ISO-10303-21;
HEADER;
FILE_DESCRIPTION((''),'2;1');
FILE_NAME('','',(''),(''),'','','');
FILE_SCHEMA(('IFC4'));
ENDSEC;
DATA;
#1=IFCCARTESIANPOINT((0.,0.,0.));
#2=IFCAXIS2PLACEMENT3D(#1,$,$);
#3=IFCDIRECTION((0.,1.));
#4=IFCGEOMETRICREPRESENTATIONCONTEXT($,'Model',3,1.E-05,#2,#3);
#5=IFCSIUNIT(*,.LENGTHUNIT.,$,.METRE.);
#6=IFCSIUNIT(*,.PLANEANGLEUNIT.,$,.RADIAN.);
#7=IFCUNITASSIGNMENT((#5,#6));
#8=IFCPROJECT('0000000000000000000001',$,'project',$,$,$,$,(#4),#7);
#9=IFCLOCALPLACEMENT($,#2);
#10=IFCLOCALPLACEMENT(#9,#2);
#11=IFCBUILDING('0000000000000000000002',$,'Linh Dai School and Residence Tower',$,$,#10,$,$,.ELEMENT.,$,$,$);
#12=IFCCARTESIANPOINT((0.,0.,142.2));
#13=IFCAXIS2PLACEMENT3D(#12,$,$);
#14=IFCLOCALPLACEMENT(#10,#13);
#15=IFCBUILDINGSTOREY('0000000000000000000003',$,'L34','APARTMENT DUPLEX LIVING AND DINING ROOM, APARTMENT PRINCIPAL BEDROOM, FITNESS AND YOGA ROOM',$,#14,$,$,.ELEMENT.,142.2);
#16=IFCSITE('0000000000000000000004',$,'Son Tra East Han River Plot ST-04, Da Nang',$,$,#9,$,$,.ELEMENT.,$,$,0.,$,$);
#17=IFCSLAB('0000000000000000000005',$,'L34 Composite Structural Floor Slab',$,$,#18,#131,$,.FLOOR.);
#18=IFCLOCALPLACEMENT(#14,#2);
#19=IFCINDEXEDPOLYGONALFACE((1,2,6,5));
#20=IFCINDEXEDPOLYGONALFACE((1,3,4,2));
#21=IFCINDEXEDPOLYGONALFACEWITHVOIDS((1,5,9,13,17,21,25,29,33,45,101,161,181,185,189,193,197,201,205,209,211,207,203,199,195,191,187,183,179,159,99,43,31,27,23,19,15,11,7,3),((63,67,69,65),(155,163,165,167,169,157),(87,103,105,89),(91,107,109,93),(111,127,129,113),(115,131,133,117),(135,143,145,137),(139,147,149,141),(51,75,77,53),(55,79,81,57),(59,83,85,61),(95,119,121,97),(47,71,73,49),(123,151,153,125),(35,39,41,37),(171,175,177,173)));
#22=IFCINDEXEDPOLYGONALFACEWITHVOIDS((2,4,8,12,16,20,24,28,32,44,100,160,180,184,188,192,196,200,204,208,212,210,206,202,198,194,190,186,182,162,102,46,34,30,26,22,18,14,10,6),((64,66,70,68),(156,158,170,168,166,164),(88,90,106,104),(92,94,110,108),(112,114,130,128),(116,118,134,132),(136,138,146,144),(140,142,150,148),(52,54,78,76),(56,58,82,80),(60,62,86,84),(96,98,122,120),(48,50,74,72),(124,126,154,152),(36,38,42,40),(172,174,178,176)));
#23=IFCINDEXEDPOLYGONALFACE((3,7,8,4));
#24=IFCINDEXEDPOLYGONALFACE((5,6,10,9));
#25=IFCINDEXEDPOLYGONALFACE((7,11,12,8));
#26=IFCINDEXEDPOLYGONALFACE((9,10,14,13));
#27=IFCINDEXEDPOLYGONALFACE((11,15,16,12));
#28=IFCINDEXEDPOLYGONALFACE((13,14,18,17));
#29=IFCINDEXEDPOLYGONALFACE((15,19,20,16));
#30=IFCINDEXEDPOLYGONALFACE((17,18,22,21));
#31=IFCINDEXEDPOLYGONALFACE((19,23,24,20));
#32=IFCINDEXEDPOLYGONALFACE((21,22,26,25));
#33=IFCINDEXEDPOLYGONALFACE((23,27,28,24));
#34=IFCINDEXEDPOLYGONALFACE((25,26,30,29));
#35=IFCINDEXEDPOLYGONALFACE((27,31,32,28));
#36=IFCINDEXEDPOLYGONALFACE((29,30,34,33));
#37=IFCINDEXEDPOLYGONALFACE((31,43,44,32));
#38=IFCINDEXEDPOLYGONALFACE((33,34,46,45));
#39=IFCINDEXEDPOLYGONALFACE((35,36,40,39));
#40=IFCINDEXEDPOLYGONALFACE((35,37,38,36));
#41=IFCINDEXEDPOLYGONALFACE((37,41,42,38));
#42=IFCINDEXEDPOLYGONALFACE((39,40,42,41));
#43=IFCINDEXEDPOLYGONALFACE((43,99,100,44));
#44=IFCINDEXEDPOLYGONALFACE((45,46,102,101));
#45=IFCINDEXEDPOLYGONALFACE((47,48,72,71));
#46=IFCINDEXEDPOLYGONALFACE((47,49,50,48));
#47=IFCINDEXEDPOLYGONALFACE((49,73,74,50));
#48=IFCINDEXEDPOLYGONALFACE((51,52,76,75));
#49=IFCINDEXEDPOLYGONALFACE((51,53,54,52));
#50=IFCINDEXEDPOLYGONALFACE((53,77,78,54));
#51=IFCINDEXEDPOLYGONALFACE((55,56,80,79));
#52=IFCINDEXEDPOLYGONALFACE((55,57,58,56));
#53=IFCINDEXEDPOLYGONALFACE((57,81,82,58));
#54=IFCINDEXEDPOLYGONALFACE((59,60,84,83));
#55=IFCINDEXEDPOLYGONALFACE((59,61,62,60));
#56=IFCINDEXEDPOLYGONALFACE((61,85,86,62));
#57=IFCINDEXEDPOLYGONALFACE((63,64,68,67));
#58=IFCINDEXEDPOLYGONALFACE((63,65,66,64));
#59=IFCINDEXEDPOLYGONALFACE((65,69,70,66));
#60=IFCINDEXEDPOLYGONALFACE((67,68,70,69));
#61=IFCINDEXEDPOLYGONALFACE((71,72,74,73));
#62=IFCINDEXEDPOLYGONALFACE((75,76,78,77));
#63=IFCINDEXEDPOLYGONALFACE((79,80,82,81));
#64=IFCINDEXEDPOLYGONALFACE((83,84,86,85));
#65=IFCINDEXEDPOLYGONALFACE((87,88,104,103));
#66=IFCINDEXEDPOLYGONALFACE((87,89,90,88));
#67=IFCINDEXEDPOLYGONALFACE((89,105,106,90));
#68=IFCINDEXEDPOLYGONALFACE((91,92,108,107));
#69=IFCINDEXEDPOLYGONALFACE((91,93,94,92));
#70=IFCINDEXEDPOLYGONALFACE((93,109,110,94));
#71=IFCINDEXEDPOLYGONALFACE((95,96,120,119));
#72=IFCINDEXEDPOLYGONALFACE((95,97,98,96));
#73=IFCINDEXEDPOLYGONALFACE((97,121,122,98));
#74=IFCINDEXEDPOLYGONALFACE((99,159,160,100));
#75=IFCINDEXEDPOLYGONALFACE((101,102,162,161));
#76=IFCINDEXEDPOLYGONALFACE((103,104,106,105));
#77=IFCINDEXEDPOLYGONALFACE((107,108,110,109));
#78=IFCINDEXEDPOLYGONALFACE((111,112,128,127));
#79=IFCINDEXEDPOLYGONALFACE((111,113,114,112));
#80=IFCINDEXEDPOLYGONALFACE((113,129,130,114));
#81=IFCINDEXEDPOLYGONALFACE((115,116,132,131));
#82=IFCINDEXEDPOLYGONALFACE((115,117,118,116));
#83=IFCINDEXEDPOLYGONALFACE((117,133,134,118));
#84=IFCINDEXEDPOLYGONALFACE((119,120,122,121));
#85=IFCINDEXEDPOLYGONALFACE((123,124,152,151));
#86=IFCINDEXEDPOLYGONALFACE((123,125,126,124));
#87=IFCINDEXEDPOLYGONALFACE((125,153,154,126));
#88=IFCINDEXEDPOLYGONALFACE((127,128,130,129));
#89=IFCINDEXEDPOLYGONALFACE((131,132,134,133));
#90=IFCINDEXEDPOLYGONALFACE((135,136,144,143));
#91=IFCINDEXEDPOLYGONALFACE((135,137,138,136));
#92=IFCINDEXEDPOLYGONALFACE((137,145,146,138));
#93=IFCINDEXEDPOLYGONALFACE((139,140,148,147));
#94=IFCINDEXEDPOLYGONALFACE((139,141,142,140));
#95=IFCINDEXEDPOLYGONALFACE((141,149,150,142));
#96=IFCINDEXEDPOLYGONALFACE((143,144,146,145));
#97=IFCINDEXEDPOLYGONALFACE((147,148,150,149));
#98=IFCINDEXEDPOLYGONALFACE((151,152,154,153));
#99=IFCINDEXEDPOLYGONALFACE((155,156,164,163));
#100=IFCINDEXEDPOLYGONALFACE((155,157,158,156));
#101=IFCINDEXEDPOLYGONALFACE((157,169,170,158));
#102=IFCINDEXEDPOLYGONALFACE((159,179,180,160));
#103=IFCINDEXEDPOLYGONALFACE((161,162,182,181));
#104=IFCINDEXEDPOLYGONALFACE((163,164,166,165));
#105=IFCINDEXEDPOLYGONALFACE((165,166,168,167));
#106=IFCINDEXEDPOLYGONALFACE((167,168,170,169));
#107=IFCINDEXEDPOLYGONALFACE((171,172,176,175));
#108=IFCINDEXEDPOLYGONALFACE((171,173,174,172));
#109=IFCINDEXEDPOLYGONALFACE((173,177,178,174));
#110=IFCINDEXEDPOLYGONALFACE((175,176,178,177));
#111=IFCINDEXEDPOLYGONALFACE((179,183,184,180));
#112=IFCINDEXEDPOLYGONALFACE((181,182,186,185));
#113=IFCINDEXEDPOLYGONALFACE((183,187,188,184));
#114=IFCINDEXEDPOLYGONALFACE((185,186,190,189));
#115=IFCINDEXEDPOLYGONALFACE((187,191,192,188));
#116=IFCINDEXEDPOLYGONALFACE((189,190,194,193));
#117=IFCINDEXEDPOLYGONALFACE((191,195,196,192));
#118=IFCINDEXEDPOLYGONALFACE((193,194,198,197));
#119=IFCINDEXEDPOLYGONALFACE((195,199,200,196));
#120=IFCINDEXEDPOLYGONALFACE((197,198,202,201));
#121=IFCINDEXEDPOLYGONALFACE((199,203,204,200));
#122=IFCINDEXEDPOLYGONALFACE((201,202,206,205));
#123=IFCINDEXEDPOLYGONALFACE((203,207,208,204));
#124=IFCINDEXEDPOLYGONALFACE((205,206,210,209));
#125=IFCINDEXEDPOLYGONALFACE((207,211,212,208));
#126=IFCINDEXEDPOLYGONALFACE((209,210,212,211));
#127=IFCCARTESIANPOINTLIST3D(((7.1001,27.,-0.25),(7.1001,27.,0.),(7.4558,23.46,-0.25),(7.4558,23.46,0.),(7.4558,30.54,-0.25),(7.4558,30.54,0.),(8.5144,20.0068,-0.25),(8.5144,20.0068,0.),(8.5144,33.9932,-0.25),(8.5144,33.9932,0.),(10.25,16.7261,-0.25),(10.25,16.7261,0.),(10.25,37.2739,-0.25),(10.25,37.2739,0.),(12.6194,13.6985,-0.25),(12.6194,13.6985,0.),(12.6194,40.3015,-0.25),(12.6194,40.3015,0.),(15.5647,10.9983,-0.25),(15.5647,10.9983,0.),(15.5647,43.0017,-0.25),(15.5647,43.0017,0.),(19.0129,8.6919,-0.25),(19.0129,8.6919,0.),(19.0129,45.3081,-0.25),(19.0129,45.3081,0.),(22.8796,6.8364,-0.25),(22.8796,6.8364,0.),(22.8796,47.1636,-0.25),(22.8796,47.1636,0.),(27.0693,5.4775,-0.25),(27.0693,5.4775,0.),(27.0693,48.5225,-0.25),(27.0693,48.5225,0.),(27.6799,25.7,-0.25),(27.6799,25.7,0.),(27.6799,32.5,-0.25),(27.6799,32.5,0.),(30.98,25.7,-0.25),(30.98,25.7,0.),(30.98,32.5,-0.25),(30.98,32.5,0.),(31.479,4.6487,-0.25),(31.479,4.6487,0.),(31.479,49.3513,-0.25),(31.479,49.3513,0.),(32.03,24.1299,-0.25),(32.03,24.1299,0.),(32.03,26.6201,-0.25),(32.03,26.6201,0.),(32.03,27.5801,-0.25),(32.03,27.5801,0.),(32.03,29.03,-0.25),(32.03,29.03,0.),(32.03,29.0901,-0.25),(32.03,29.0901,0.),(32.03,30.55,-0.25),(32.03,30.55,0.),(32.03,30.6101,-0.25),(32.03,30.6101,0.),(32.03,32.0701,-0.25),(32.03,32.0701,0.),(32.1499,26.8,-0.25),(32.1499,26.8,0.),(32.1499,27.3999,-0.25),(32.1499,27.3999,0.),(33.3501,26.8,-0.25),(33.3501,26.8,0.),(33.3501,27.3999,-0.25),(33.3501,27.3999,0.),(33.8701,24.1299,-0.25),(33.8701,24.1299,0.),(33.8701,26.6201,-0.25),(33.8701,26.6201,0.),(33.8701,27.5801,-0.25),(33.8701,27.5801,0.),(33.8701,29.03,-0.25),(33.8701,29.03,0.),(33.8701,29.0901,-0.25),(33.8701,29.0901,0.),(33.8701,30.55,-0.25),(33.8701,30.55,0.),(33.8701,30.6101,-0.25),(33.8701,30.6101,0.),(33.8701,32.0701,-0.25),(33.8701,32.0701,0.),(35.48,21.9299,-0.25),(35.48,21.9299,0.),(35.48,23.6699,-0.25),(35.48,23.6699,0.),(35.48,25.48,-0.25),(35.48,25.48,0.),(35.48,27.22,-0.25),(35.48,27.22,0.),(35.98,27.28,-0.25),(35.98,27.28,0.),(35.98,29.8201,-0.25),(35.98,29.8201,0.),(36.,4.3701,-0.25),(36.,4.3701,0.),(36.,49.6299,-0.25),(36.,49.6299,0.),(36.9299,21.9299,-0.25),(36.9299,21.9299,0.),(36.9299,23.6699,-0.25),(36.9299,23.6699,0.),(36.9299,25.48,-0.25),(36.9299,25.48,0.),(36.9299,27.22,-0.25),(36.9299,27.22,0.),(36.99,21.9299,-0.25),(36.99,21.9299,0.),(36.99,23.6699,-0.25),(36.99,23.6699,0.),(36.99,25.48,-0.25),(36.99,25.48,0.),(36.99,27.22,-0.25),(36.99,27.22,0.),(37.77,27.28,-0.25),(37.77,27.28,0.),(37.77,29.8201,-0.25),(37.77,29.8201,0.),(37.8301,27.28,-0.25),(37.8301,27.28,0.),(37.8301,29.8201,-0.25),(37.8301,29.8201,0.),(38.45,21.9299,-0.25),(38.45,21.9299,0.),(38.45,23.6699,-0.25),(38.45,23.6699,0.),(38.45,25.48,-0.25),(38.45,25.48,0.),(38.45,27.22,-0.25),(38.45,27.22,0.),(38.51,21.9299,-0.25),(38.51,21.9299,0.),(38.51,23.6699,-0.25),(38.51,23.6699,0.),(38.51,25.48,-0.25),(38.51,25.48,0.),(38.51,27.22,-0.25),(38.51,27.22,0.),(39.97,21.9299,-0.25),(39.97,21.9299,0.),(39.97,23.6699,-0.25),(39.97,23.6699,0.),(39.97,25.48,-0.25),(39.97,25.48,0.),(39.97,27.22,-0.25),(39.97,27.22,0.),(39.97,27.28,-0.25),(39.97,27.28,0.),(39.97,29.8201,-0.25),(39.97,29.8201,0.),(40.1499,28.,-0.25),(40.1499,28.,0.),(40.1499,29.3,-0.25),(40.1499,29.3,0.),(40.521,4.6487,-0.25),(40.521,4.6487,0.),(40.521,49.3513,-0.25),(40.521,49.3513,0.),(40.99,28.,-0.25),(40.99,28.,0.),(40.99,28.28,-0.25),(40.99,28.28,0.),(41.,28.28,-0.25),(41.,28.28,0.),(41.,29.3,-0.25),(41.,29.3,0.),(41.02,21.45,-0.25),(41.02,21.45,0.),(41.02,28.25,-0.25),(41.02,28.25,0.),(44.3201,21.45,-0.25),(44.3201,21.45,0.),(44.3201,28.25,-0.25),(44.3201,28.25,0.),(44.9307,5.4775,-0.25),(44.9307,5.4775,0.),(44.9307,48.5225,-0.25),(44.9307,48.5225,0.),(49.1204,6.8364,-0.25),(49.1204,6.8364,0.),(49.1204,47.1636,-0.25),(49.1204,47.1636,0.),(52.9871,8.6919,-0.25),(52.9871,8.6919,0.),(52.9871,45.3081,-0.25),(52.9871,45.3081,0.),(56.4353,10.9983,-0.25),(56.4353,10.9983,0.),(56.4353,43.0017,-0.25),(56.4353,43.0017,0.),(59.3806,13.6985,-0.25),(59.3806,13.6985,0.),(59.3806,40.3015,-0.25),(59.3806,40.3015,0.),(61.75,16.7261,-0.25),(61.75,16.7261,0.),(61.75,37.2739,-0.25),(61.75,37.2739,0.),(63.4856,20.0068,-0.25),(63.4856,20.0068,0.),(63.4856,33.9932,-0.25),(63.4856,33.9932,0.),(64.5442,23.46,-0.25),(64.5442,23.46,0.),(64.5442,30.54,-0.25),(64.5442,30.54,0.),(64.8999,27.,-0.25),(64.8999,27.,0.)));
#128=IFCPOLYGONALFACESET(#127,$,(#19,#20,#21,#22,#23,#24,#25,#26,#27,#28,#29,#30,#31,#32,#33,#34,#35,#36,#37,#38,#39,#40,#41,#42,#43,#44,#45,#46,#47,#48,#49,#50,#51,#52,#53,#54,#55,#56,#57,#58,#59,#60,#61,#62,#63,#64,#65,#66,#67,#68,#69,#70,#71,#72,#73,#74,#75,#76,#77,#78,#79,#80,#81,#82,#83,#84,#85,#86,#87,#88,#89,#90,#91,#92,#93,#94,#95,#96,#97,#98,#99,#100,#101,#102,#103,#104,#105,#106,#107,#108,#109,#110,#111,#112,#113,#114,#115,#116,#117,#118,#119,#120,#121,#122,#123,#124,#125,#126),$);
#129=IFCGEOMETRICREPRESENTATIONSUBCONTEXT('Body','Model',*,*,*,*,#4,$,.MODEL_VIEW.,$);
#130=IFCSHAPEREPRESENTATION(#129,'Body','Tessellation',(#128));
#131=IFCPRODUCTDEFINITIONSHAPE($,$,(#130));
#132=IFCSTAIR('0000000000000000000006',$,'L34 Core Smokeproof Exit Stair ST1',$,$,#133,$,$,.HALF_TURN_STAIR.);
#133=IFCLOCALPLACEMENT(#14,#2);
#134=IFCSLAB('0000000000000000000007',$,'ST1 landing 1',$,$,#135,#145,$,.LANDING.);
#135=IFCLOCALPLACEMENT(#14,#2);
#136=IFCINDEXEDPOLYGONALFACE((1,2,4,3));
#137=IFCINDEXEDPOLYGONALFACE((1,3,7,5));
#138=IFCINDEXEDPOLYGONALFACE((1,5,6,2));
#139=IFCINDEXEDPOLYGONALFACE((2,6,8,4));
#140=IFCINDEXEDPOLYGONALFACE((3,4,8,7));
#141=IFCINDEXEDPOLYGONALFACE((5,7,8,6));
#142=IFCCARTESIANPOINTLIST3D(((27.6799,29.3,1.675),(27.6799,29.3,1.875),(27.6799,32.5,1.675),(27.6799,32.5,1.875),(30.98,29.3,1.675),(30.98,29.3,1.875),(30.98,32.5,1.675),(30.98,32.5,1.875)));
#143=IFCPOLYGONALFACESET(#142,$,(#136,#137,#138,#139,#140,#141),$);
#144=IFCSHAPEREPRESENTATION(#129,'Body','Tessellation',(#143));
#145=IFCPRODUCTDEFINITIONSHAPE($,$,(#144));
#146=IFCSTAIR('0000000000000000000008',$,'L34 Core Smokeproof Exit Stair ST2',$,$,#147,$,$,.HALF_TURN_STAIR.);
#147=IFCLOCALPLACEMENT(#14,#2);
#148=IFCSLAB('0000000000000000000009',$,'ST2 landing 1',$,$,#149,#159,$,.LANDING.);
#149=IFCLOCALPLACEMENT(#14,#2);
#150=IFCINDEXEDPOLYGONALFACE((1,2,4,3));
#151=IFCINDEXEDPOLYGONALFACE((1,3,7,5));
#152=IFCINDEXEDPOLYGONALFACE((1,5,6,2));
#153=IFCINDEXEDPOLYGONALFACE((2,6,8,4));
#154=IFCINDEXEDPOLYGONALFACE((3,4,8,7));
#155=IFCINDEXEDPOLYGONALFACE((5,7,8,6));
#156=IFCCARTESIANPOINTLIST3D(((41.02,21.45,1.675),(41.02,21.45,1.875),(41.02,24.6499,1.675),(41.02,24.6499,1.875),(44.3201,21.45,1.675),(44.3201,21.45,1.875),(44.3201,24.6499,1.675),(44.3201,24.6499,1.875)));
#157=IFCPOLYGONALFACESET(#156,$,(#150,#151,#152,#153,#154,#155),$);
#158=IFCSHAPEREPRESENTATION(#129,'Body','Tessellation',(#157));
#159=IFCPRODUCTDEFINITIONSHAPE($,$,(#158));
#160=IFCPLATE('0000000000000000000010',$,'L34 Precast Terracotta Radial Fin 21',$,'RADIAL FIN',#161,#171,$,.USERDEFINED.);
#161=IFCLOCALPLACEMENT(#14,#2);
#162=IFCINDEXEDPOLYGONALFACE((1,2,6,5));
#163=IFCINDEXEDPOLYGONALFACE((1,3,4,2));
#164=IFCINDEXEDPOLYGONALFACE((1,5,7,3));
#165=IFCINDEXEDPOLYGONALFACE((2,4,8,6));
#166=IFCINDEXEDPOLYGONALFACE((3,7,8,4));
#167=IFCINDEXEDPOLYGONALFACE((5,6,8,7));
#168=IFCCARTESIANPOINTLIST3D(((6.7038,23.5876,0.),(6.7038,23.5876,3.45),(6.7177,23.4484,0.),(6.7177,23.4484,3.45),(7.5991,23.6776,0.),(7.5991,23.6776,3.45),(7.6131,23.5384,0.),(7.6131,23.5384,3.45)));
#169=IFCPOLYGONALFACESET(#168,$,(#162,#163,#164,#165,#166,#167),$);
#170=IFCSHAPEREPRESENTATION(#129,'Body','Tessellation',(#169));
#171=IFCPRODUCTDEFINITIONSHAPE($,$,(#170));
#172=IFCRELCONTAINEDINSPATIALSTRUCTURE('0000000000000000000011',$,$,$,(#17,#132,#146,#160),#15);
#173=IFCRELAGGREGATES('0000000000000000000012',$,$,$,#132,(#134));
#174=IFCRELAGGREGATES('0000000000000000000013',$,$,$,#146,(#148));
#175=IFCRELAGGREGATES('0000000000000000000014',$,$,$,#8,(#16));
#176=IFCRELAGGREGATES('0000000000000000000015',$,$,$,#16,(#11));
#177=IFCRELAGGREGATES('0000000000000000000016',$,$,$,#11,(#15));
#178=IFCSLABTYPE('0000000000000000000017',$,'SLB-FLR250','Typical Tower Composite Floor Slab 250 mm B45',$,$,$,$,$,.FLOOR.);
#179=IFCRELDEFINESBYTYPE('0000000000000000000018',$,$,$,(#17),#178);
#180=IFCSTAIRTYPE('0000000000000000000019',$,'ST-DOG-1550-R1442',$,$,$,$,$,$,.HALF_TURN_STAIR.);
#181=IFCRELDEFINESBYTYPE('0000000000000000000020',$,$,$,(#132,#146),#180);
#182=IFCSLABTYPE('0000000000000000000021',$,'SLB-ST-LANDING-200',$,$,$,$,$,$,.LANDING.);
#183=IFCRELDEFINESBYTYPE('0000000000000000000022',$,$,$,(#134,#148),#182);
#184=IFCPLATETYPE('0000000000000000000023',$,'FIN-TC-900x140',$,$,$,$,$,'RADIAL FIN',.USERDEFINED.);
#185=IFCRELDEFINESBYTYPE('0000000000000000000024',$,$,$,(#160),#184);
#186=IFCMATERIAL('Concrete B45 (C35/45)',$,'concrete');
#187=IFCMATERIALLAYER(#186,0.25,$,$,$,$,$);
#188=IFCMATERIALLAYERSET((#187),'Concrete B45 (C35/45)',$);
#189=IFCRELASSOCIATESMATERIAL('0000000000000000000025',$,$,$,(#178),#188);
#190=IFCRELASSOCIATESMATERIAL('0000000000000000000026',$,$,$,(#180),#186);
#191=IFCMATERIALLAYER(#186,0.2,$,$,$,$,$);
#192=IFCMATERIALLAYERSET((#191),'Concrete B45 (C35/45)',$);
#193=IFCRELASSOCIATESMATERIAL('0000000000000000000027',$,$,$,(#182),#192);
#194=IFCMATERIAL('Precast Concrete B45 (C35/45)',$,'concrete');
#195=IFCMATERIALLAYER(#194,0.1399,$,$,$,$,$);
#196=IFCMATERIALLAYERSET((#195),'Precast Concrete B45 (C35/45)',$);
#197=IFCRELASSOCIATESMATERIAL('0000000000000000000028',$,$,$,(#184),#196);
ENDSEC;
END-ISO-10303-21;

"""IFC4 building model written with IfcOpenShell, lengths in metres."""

from ifc_helpers import new_model, si_unit, direction, frame, origin, origin_2d, place, context, subcontext, project, spatial, polyline, rectangle, outline, extrude, source, transform, mapped, material, layer, layer_set, type_object, element, aggregate, save


model = new_model("IFC4")

# Units and contexts
model_context = context("Model", 3, precision=1e-05, world=origin(), true_north=direction((0.0, 1.0)))
body_context = subcontext(model_context, "Body", "Model", "MODEL_VIEW")
ifc_project = project(units=[si_unit("LENGTHUNIT", "METRE"), si_unit("PLANEANGLEUNIT", "RADIAN")], contexts=[model_context])

# Site, building, storey
site_placement = place(None, origin())
site = spatial("IfcSite", under=ifc_project, at=site_placement, Name="Son Tra East Han River Plot ST-04, Da Nang", CompositionType="ELEMENT", RefElevation=0.0)
building_placement = place(site_placement, origin())
building = spatial("IfcBuilding", under=site, at=building_placement, Name="Linh Dai School and Residence Tower", CompositionType="ELEMENT")
storey_placement = place(building_placement, frame((0.0, 0.0, 142.2)))
storey = spatial("IfcBuildingStorey", under=building, at=storey_placement, Name="L34", Description="APARTMENT DUPLEX LIVING AND DINING ROOM, APARTMENT PRINCIPAL BEDROOM, FITNESS AND YOGA ROOM", CompositionType="ELEMENT", Elevation=142.2)

# Slab
ifc_material_1 = material(Name="Concrete B45 (C35/45)", Category="concrete")
ifc_layer_1 = layer(ifc_material_1, 0.25)
ifc_layer_set_1 = layer_set([ifc_layer_1], Name="Concrete B45 (C35/45)")
slab_type_1 = type_object("IfcSlabType", Name="SLB-FLR250", Description="Typical Tower Composite Floor Slab 250 mm B45", PredefinedType="FLOOR", material=ifc_layer_set_1)
slab_1_placement = place(storey_placement, frame((0.0, 0.0, -0.25)))
element("IfcSlab", 1, at=slab_1_placement, inside=storey, type_object=slab_type_1, Name="L34 Composite Structural Floor Slab", PredefinedType="FLOOR", context=body_context, shape_type="SweptSolid", body=[
    extrude(outline(polyline([(64.8999, 27.0), (64.5442, 30.54), (63.4856, 33.9932), (61.75, 37.2739), (59.3806, 40.3015), (56.4353, 43.0017), (52.9871, 45.3081), (49.1204, 47.1636), (44.9307, 48.5225), (40.521, 49.3513), (36.0, 49.6299), (31.479, 49.3513), (27.0693, 48.5225), (22.8796, 47.1636), (19.0129, 45.3081), (15.5647, 43.0017), (12.6194, 40.3015), (10.25, 37.2739), (8.5144, 33.9932), (7.4558, 30.54), (7.1001, 27.0), (7.4558, 23.46), (8.5144, 20.0068), (10.25, 16.7261), (12.6194, 13.6985), (15.5647, 10.9983), (19.0129, 8.6919), (22.8796, 6.8364), (27.0693, 5.4775), (31.479, 4.6487), (36.0, 4.3701), (40.521, 4.6487), (44.9307, 5.4775), (49.1204, 6.8364), (52.9871, 8.6919), (56.4353, 10.9983), (59.3806, 13.6985), (61.75, 16.7261), (63.4856, 20.0068), (64.5442, 23.46), (64.8999, 27.0)]), holes=[polyline([(30.98, 25.7), (30.98, 32.5), (27.6799, 32.5), (27.6799, 25.7), (30.98, 25.7)]), polyline([(41.02, 28.25), (41.02, 21.45), (44.3201, 21.45), (44.3201, 28.25), (41.02, 28.25)]), polyline([(35.98, 27.28), (37.77, 27.28), (37.77, 29.8201), (35.98, 29.8201), (35.98, 27.28)]), polyline([(32.03, 24.1299), (33.8701, 24.1299), (33.8701, 26.6201), (32.03, 26.6201), (32.03, 24.1299)]), polyline([(37.8301, 27.28), (39.97, 27.28), (39.97, 29.8201), (37.8301, 29.8201), (37.8301, 27.28)]), polyline([(35.48, 21.9299), (36.9299, 21.9299), (36.9299, 23.6699), (35.48, 23.6699), (35.48, 21.9299)]), polyline([(36.99, 21.9299), (38.45, 21.9299), (38.45, 23.6699), (36.99, 23.6699), (36.99, 21.9299)]), polyline([(38.51, 21.9299), (39.97, 21.9299), (39.97, 23.6699), (38.51, 23.6699), (38.51, 21.9299)]), polyline([(32.03, 27.5801), (33.8701, 27.5801), (33.8701, 29.03), (32.03, 29.03), (32.03, 27.5801)]), polyline([(32.03, 29.0901), (33.8701, 29.0901), (33.8701, 30.55), (32.03, 30.55), (32.03, 29.0901)]), polyline([(32.03, 30.6101), (33.8701, 30.6101), (33.8701, 32.0701), (32.03, 32.0701), (32.03, 30.6101)]), polyline([(35.48, 25.48), (36.9299, 25.48), (36.9299, 27.22), (35.48, 27.22), (35.48, 25.48)]), polyline([(36.99, 25.48), (38.45, 25.48), (38.45, 27.22), (36.99, 27.22), (36.99, 25.48)]), polyline([(38.51, 25.48), (39.97, 25.48), (39.97, 27.22), (38.51, 27.22), (38.51, 25.48)]), polyline([(40.1499, 28.0), (40.1499, 29.3), (41.0, 29.3), (41.0, 28.28), (40.99, 28.28), (40.99, 28.0), (40.1499, 28.0)]), polyline([(32.1499, 26.8), (33.3501, 26.8), (33.3501, 27.3999), (32.1499, 27.3999), (32.1499, 26.8)])]), origin(), (0.0, 0.0, 1.0), 0.25),
])

# Stairs, slabs
stair_type = type_object("IfcStairType", Name="ST-DOG-1550-R1442", PredefinedType="HALF_TURN_STAIR", material=ifc_material_1)
stair_1_placement = place(storey_placement, origin())
stair_1 = element("IfcStair", 2, at=stair_1_placement, inside=storey, type_object=stair_type, Name="L34 Core Smokeproof Exit Stair ST1", PredefinedType="HALF_TURN_STAIR")
ifc_layer_2 = layer(ifc_material_1, 0.2)
ifc_layer_set_2 = layer_set([ifc_layer_2], Name="Concrete B45 (C35/45)")
slab_type_2 = type_object("IfcSlabType", Name="SLB-ST-LANDING-200", PredefinedType="LANDING", material=ifc_layer_set_2)
slab_2_placement = place(storey_placement, frame((0.0, 0.0, 1.675)))
slab_2 = element("IfcSlab", 3, at=slab_2_placement, type_object=slab_type_2, Name="ST1 landing 1", PredefinedType="LANDING", context=body_context, shape_type="SweptSolid", body=[
    extrude(outline(polyline([(30.98, 29.3), (30.98, 32.5), (27.6799, 32.5), (27.6799, 29.3), (30.98, 29.3)])), origin(), (0.0, 0.0, 1.0), 0.2),
])
aggregate(stair_1, [slab_2])
stair_2_placement = place(storey_placement, origin())
stair_2 = element("IfcStair", 4, at=stair_2_placement, inside=storey, type_object=stair_type, Name="L34 Core Smokeproof Exit Stair ST2", PredefinedType="HALF_TURN_STAIR")
slab_3_placement = place(storey_placement, frame((0.0, 0.0, 1.675)))
slab_3 = element("IfcSlab", 5, at=slab_3_placement, type_object=slab_type_2, Name="ST2 landing 1", PredefinedType="LANDING", context=body_context, shape_type="SweptSolid", body=[
    extrude(outline(polyline([(41.02, 24.6499), (41.02, 21.45), (44.3201, 21.45), (44.3201, 24.6499), (41.02, 24.6499)])), origin(), (0.0, 0.0, 1.0), 0.2),
])
aggregate(stair_2, [slab_3])

# Plate
ifc_material_2 = material(Name="Precast Concrete B45 (C35/45)", Category="concrete")
ifc_layer_3 = layer(ifc_material_2, 0.1399)
ifc_layer_set_3 = layer_set([ifc_layer_3], Name="Precast Concrete B45 (C35/45)")
plate_type = type_object("IfcPlateType", Name="FIN-TC-900x140", ElementType="RADIAL FIN", PredefinedType="USERDEFINED", material=ifc_layer_set_3)
shared_shape_1 = source(origin(), body_context, "Body", "SweptSolid", [
    extrude(rectangle(XDim=0.8999, YDim=0.1399, at=origin_2d()), origin(), (0.0, 0.0, 1.0), 3.45),
])
plate_placement = place(storey_placement, frame((7.1584, 23.563, 0.0), z_axis=(0.0, 0.0, 1.0), x_axis=(-0.994987, -0.100007, 0.0)))
element("IfcPlate", 6, at=plate_placement, inside=storey, type_object=plate_type, Name="L34 Precast Terracotta Radial Fin 21", ObjectType="RADIAL FIN", PredefinedType="USERDEFINED", context=body_context, shape_type="MappedRepresentation", body=[
    mapped(shared_shape_1, transform((0.0, 0.0, 0.0), x_axis=(1.0, 0.0, 0.0), y_axis=(0.0, 1.0, 0.0), z_axis=(0.0, 0.0, 1.0), scale=1.0)),
])

save(model, "model.ifc")
